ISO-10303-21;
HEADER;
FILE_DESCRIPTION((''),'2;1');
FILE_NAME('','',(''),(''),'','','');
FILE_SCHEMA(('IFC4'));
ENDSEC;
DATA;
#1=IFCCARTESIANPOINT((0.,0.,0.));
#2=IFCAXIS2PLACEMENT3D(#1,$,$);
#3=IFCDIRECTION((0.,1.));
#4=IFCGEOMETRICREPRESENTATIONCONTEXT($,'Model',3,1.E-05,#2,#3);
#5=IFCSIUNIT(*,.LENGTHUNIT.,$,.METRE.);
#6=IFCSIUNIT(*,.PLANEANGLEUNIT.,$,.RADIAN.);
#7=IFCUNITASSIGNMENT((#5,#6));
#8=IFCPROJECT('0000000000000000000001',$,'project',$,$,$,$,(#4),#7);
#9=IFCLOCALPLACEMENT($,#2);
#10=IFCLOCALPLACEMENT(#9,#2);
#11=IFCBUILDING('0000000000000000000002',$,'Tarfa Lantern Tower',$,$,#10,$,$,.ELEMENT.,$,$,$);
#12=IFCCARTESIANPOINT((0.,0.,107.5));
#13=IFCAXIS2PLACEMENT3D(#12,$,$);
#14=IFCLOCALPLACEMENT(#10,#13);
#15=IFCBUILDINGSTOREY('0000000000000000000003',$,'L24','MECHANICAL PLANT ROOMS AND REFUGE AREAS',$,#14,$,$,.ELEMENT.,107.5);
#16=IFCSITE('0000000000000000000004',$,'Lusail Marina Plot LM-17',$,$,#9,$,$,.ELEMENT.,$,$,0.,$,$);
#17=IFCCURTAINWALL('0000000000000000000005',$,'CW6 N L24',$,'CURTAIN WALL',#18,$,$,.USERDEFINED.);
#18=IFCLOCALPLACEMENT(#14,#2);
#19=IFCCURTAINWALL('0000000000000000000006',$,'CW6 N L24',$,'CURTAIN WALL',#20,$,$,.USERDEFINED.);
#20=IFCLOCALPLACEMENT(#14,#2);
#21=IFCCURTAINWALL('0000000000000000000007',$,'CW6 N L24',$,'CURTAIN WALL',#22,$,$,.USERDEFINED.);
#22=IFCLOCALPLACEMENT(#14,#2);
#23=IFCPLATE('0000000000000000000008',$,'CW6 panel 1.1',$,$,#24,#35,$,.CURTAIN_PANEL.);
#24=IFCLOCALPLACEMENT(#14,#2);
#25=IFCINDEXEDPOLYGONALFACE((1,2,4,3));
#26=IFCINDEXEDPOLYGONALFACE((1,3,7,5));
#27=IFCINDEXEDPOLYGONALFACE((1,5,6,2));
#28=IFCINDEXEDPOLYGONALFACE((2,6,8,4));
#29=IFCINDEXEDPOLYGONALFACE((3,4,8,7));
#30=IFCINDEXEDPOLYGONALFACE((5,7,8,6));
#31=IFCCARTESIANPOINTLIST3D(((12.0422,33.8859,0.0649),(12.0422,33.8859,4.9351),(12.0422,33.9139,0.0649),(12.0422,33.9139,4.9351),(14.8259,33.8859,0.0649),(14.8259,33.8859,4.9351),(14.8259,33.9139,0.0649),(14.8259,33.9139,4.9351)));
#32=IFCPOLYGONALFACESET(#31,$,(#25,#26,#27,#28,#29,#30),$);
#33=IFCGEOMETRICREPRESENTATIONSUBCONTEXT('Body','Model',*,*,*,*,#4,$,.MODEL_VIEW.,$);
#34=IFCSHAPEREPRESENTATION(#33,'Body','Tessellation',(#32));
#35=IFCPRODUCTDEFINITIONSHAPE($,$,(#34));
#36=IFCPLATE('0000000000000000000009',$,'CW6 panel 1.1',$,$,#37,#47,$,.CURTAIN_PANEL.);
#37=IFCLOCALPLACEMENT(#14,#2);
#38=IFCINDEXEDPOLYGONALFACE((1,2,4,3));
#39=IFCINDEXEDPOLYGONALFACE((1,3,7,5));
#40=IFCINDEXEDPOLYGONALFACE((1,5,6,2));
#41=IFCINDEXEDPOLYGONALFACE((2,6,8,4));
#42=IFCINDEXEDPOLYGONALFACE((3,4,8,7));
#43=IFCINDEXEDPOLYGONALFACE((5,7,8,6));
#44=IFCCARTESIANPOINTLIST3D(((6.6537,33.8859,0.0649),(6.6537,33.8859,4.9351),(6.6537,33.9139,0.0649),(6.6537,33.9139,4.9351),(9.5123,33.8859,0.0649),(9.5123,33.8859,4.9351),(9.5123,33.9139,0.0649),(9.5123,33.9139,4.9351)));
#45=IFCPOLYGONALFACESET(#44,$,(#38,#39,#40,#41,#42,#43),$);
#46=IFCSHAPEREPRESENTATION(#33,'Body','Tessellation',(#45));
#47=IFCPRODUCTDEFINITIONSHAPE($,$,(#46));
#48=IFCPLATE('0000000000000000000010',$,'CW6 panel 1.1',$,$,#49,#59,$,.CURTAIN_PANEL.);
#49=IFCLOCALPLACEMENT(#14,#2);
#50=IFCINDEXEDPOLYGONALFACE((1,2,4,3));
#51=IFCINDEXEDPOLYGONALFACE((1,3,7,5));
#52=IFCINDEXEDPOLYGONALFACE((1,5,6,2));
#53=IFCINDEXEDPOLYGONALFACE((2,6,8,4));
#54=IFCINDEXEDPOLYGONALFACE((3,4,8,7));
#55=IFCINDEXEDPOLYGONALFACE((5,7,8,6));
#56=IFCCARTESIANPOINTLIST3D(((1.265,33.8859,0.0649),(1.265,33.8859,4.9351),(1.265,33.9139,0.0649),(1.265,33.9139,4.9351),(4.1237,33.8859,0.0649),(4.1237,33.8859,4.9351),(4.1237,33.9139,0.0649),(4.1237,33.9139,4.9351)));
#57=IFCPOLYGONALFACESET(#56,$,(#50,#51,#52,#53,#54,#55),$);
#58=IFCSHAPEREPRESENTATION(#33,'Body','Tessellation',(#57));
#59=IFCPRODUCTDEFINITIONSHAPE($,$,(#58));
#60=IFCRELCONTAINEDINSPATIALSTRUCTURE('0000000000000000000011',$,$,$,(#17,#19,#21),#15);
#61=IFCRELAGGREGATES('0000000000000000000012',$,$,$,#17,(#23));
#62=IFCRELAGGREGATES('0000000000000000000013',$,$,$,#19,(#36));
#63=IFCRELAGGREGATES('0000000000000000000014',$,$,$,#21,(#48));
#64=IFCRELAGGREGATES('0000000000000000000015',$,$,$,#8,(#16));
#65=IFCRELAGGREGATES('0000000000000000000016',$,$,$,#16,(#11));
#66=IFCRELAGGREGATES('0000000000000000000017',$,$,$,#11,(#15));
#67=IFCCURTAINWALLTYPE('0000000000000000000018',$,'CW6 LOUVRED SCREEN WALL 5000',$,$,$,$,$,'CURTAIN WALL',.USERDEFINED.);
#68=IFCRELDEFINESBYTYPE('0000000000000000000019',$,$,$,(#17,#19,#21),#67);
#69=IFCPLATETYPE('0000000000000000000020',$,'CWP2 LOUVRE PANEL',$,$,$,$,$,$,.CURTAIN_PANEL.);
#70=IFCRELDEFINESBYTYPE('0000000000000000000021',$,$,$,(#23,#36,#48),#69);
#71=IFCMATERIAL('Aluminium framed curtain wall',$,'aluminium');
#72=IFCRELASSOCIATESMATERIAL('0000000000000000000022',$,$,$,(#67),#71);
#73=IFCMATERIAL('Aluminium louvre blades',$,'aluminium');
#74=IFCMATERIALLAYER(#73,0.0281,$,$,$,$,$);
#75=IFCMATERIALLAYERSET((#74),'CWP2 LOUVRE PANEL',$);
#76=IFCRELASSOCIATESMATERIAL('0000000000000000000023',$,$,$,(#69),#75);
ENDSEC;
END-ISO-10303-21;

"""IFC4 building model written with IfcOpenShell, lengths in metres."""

from ifc_helpers import new_model, si_unit, direction, frame, origin, origin_2d, place, context, subcontext, project, spatial, rectangle, extrude, material, layer, layer_set, type_object, element, aggregate, save


model = new_model("IFC4")

# Units and contexts
model_context = context("Model", 3, precision=1e-05, world=origin(), true_north=direction((0.0, 1.0)))
body_context = subcontext(model_context, "Body", "Model", "MODEL_VIEW")
ifc_project = project(units=[si_unit("LENGTHUNIT", "METRE"), si_unit("PLANEANGLEUNIT", "RADIAN")], contexts=[model_context])

# Site, building, storey
site_placement = place(None, origin())
site = spatial("IfcSite", under=ifc_project, at=site_placement, Name="Lusail Marina Plot LM-17", CompositionType="ELEMENT", RefElevation=0.0)
building_placement = place(site_placement, origin())
building = spatial("IfcBuilding", under=site, at=building_placement, Name="Tarfa Lantern Tower", CompositionType="ELEMENT")
storey_placement = place(building_placement, frame((0.0, 0.0, 107.5)))
storey = spatial("IfcBuildingStorey", under=building, at=storey_placement, Name="L24", Description="MECHANICAL PLANT ROOMS AND REFUGE AREAS", CompositionType="ELEMENT", Elevation=107.5)

# Curtain walls
ifc_material_1 = material(Name="Aluminium framed curtain wall", Category="aluminium")
curtain_wall_type = type_object("IfcCurtainWallType", Name="CW6 LOUVRED SCREEN WALL 5000", ElementType="CURTAIN WALL", PredefinedType="USERDEFINED", material=ifc_material_1)
curtain_wall_1_placement = place(storey_placement, origin())
curtain_wall_1 = element("IfcCurtainWall", 1, at=curtain_wall_1_placement, inside=storey, type_object=curtain_wall_type, Name="CW6 N L24", ObjectType="CURTAIN WALL", PredefinedType="USERDEFINED")
curtain_wall_2_placement = place(storey_placement, origin())
curtain_wall_2 = element("IfcCurtainWall", 2, at=curtain_wall_2_placement, inside=storey, type_object=curtain_wall_type, Name="CW6 N L24", ObjectType="CURTAIN WALL", PredefinedType="USERDEFINED")
curtain_wall_3_placement = place(storey_placement, origin())
curtain_wall_3 = element("IfcCurtainWall", 3, at=curtain_wall_3_placement, inside=storey, type_object=curtain_wall_type, Name="CW6 N L24", ObjectType="CURTAIN WALL", PredefinedType="USERDEFINED")

# Plates
ifc_material_2 = material(Name="Aluminium louvre blades", Category="aluminium")
ifc_layer = layer(ifc_material_2, 0.0281)
ifc_layer_set = layer_set([ifc_layer], Name="CWP2 LOUVRE PANEL")
plate_type = type_object("IfcPlateType", Name="CWP2 LOUVRE PANEL", PredefinedType="CURTAIN_PANEL", material=ifc_layer_set)
plate_1_placement = place(storey_placement, frame((13.4341, 33.8999, 0.0649), z_axis=(0.0, 0.0, 1.0), x_axis=(-1.0, 0.0, 0.0)))
plate_1 = element("IfcPlate", 4, at=plate_1_placement, type_object=plate_type, Name="CW6 panel 1.1", PredefinedType="CURTAIN_PANEL", context=body_context, shape_type="SweptSolid", body=[
    extrude(rectangle(XDim=2.7837, YDim=0.0281, at=origin_2d()), origin(), (0.0, 0.0, 1.0), 4.8701),
])
aggregate(curtain_wall_1, [plate_1])
plate_2_placement = place(storey_placement, frame((8.083, 33.8999, 0.0649), z_axis=(0.0, 0.0, 1.0), x_axis=(-1.0, 0.0, 0.0)))
plate_2 = element("IfcPlate", 5, at=plate_2_placement, type_object=plate_type, Name="CW6 panel 1.1", PredefinedType="CURTAIN_PANEL", context=body_context, shape_type="SweptSolid", body=[
    extrude(rectangle(XDim=2.8586, YDim=0.0281, at=origin_2d()), origin(), (0.0, 0.0, 1.0), 4.8701),
])
aggregate(curtain_wall_2, [plate_2])
plate_3_placement = place(storey_placement, frame((2.6943, 33.8999, 0.0649), z_axis=(0.0, 0.0, 1.0), x_axis=(-1.0, 0.0, 0.0)))
plate_3 = element("IfcPlate", 6, at=plate_3_placement, type_object=plate_type, Name="CW6 panel 1.1", PredefinedType="CURTAIN_PANEL", context=body_context, shape_type="SweptSolid", body=[
    extrude(rectangle(XDim=2.8586, YDim=0.0281, at=origin_2d()), origin(), (0.0, 0.0, 1.0), 4.8701),
])
aggregate(curtain_wall_3, [plate_3])

save(model, "model.ifc")
